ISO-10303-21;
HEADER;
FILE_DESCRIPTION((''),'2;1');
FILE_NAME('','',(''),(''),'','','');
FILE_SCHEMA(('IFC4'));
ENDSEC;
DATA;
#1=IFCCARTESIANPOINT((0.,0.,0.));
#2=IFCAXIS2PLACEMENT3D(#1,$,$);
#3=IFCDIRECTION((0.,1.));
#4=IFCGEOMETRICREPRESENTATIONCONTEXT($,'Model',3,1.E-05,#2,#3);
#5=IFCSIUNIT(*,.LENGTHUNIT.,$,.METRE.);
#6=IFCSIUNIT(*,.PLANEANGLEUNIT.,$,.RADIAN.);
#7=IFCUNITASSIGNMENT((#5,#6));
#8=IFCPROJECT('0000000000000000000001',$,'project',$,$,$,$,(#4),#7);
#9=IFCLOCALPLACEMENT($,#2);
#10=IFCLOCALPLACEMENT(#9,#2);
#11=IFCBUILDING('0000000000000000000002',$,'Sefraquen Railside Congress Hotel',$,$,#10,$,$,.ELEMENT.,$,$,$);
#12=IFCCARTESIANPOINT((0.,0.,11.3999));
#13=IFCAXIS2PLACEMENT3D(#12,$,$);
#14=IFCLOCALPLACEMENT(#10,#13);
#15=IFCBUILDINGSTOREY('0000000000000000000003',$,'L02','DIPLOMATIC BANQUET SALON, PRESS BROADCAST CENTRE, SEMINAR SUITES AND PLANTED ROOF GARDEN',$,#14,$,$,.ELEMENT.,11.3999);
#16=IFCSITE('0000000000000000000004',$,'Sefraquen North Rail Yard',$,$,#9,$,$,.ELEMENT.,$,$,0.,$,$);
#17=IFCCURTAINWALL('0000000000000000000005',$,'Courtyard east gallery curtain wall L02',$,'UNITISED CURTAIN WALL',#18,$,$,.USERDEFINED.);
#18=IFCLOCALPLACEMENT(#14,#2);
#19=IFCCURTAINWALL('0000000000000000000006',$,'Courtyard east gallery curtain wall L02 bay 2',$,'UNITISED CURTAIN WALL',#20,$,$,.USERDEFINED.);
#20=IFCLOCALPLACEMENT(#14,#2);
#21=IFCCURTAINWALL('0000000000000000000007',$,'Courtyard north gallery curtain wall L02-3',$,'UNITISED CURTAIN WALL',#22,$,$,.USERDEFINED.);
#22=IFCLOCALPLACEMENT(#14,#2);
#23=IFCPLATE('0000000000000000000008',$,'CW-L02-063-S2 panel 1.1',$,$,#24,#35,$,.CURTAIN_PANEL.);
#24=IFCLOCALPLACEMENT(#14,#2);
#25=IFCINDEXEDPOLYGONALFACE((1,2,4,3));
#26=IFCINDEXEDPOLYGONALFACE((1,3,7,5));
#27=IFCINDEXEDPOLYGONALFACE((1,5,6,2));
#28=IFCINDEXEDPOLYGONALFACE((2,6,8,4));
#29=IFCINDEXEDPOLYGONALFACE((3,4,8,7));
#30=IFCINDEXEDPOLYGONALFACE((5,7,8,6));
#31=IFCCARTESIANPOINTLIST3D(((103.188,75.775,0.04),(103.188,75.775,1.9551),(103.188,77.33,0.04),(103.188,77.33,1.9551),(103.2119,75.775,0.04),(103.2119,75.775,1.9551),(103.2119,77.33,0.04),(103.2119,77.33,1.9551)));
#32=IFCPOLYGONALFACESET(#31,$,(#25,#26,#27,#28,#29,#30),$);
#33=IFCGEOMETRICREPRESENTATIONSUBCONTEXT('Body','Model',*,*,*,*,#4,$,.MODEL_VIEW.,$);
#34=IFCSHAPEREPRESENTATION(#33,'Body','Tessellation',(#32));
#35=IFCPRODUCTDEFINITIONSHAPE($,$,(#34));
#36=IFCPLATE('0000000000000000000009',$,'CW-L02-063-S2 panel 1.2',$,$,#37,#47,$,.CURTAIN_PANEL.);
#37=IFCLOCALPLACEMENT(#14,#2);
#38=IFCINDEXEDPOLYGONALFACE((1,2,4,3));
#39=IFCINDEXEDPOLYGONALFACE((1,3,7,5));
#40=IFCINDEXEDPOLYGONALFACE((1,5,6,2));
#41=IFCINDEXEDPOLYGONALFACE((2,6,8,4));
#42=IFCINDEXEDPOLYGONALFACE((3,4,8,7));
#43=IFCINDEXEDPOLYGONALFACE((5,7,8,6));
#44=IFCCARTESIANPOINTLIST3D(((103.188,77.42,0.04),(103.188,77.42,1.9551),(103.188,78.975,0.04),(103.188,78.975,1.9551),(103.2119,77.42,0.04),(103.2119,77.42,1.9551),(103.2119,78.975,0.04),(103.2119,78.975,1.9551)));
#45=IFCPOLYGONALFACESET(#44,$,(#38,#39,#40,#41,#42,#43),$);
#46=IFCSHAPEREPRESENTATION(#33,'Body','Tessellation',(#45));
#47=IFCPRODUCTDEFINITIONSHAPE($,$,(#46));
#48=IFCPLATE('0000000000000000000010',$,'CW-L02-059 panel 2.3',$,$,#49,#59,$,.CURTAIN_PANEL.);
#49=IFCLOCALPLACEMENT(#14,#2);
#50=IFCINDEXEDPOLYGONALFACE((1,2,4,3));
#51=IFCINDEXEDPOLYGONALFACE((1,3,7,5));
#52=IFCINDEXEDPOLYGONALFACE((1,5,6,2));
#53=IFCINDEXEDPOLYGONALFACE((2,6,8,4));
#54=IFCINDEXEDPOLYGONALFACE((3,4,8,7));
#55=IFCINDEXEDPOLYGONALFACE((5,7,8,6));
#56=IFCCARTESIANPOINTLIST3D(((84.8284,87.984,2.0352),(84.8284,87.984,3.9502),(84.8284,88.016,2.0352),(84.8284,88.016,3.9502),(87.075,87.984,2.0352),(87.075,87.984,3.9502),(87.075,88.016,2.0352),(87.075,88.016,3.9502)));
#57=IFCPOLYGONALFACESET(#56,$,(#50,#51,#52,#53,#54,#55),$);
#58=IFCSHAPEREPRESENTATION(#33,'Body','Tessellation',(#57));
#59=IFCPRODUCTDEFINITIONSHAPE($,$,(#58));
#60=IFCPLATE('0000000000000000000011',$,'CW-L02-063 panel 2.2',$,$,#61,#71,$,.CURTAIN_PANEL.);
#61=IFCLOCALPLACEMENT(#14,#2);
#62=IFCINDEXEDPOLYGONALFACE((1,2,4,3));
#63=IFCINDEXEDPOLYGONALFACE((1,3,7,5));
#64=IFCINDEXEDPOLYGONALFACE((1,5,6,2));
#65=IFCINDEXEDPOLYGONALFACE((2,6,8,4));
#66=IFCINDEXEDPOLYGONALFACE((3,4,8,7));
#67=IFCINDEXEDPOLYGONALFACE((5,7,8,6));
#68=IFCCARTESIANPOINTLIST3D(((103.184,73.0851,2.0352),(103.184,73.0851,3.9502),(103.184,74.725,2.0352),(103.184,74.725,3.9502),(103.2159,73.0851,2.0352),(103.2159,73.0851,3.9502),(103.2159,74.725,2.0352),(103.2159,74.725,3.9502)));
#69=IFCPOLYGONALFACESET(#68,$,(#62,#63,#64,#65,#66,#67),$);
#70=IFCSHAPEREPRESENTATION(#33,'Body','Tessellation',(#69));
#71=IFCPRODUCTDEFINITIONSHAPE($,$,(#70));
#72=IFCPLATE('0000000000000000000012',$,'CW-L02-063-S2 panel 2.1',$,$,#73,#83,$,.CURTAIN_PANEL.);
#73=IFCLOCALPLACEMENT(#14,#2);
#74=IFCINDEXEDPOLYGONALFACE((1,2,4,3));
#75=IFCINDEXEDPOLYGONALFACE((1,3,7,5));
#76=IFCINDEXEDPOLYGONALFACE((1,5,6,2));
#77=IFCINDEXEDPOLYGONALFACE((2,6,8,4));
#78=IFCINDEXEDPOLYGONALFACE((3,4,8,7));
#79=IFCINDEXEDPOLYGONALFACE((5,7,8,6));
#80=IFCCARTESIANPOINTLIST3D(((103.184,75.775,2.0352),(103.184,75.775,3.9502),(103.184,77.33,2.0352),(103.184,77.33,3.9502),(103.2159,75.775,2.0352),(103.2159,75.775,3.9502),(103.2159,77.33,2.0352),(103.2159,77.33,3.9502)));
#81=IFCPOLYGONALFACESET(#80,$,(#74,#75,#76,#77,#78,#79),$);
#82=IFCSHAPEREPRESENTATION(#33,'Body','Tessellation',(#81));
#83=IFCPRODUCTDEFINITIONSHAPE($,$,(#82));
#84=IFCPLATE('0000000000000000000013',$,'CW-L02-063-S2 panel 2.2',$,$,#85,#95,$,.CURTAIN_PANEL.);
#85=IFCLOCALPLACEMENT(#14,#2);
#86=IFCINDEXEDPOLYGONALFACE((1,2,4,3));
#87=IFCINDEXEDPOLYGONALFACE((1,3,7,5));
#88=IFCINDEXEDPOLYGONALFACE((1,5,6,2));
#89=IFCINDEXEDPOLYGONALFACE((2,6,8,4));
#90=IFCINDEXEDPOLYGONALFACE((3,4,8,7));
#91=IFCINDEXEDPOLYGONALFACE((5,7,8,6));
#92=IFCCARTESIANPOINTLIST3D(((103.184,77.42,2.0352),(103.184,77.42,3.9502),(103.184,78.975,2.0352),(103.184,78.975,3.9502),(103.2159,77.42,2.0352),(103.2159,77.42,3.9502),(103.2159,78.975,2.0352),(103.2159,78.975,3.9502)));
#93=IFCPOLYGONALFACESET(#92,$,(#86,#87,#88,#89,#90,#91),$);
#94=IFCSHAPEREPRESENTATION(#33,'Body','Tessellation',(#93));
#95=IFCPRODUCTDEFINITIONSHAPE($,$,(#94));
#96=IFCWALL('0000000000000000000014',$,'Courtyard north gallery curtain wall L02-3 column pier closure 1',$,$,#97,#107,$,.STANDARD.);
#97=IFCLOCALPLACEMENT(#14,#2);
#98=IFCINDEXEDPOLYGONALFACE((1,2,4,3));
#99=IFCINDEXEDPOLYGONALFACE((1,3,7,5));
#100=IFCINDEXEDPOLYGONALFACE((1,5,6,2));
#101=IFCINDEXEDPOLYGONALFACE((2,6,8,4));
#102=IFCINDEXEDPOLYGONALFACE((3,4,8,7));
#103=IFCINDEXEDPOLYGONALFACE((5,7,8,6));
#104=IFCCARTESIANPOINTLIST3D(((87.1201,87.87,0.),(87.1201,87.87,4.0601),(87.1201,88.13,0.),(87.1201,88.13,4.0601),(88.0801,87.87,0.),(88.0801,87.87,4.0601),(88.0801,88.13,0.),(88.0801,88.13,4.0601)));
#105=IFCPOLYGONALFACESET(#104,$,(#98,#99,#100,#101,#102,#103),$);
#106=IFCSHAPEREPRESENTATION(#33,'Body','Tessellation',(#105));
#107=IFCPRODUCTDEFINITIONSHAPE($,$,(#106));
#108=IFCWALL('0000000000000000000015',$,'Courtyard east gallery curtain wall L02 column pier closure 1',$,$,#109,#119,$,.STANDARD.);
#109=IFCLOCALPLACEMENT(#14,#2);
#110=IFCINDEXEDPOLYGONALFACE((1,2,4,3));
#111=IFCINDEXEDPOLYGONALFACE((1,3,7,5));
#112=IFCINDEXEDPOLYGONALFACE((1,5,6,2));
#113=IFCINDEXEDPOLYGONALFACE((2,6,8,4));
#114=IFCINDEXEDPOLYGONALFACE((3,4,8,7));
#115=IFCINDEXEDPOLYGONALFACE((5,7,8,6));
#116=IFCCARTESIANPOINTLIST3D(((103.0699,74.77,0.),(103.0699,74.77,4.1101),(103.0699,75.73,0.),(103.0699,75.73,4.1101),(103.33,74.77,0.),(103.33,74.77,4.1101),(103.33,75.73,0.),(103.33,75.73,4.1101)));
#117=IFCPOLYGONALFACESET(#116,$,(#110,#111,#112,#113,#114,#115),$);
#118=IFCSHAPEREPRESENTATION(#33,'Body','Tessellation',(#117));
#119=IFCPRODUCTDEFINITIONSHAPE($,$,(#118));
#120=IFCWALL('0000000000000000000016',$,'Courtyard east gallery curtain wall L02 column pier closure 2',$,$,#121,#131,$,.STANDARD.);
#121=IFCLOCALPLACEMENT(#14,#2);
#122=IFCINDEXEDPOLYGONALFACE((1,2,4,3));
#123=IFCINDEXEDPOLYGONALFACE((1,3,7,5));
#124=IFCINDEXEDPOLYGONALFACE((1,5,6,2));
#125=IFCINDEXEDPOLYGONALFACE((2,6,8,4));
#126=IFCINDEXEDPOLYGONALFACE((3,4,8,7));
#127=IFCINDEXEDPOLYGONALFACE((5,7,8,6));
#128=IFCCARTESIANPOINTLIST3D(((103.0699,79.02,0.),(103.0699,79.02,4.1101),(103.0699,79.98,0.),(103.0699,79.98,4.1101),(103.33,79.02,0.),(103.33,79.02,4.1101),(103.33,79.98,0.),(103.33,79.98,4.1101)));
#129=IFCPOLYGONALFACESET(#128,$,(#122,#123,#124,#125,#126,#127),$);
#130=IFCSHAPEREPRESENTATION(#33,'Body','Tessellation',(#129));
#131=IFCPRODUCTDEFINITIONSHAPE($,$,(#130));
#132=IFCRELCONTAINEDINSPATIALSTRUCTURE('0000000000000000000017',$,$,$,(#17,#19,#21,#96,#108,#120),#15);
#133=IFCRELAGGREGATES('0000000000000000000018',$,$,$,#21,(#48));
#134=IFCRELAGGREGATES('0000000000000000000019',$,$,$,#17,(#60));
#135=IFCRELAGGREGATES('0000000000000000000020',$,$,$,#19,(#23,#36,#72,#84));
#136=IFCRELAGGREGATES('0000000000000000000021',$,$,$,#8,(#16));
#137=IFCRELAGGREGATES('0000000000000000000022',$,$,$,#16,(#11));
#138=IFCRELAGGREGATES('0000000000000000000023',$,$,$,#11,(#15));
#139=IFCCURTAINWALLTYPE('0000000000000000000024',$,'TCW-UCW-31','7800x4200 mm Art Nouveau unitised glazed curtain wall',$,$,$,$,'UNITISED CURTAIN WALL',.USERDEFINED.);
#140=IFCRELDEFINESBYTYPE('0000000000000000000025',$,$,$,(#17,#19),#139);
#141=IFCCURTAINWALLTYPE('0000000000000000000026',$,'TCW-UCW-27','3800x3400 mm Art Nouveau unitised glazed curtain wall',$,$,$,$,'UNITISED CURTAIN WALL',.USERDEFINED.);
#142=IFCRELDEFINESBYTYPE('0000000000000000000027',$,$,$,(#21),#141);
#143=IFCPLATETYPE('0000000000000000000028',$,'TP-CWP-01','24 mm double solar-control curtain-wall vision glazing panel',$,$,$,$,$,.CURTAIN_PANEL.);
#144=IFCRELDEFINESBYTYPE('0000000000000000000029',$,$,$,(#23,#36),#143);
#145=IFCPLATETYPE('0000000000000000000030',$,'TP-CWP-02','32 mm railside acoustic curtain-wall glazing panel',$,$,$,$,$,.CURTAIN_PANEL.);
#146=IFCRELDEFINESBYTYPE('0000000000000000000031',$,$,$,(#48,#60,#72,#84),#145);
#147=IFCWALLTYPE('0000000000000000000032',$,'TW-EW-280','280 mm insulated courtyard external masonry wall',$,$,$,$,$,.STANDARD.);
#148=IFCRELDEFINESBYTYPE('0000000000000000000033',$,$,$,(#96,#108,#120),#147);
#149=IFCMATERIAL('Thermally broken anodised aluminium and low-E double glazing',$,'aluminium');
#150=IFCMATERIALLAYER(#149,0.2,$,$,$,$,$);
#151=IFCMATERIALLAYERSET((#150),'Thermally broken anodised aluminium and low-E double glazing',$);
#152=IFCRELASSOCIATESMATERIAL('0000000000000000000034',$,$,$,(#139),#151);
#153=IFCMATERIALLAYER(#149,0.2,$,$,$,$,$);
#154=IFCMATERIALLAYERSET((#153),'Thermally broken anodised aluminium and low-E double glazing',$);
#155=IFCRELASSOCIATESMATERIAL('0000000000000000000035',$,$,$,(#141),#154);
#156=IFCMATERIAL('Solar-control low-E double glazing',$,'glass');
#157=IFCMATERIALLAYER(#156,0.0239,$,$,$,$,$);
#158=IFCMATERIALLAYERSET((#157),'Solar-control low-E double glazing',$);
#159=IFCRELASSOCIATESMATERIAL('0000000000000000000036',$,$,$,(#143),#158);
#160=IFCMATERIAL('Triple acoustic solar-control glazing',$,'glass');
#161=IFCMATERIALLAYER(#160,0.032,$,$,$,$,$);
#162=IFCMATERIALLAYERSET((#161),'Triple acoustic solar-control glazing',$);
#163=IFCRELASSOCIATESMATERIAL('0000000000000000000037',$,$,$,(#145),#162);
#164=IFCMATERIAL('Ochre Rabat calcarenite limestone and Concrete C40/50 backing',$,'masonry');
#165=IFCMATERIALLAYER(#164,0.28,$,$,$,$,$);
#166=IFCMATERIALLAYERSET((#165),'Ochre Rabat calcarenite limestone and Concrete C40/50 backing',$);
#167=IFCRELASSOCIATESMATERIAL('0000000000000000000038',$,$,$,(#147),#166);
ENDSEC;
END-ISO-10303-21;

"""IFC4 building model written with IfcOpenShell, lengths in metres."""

from ifc_helpers import new_model, si_unit, direction, frame, frame_2d, origin, origin_2d, place, context, subcontext, project, spatial, rectangle, extrude, material, layer, layer_set, type_object, element, aggregate, save


model = new_model("IFC4")

# Units and contexts
model_context = context("Model", 3, precision=1e-05, world=origin(), true_north=direction((0.0, 1.0)))
body_context = subcontext(model_context, "Body", "Model", "MODEL_VIEW")
ifc_project = project(units=[si_unit("LENGTHUNIT", "METRE"), si_unit("PLANEANGLEUNIT", "RADIAN")], contexts=[model_context])

# Site, building, storey
site_placement = place(None, origin())
site = spatial("IfcSite", under=ifc_project, at=site_placement, Name="Sefraquen North Rail Yard", CompositionType="ELEMENT", RefElevation=0.0)
building_placement = place(site_placement, origin())
building = spatial("IfcBuilding", under=site, at=building_placement, Name="Sefraquen Railside Congress Hotel", CompositionType="ELEMENT")
storey_placement = place(building_placement, frame((0.0, 0.0, 11.3999)))
storey = spatial("IfcBuildingStorey", under=building, at=storey_placement, Name="L02", Description="DIPLOMATIC BANQUET SALON, PRESS BROADCAST CENTRE, SEMINAR SUITES AND PLANTED ROOF GARDEN", CompositionType="ELEMENT", Elevation=11.3999)

# Curtain walls
ifc_material_1 = material(Name="Thermally broken anodised aluminium and low-E double glazing", Category="aluminium")
ifc_layer_1 = layer(ifc_material_1, 0.2)
ifc_layer_set_1 = layer_set([ifc_layer_1], Name="Thermally broken anodised aluminium and low-E double glazing")
curtain_wall_type_1 = type_object("IfcCurtainWallType", Name="TCW-UCW-31", Description="7800x4200 mm Art Nouveau unitised glazed curtain wall", ElementType="UNITISED CURTAIN WALL", PredefinedType="USERDEFINED", material=ifc_layer_set_1)
curtain_wall_1_placement = place(storey_placement, origin())
curtain_wall_1 = element("IfcCurtainWall", 1, at=curtain_wall_1_placement, inside=storey, type_object=curtain_wall_type_1, Name="Courtyard east gallery curtain wall L02", ObjectType="UNITISED CURTAIN WALL", PredefinedType="USERDEFINED")
curtain_wall_2_placement = place(storey_placement, origin())
curtain_wall_2 = element("IfcCurtainWall", 2, at=curtain_wall_2_placement, inside=storey, type_object=curtain_wall_type_1, Name="Courtyard east gallery curtain wall L02 bay 2", ObjectType="UNITISED CURTAIN WALL", PredefinedType="USERDEFINED")
ifc_layer_2 = layer(ifc_material_1, 0.2)
ifc_layer_set_2 = layer_set([ifc_layer_2], Name="Thermally broken anodised aluminium and low-E double glazing")
curtain_wall_type_2 = type_object("IfcCurtainWallType", Name="TCW-UCW-27", Description="3800x3400 mm Art Nouveau unitised glazed curtain wall", ElementType="UNITISED CURTAIN WALL", PredefinedType="USERDEFINED", material=ifc_layer_set_2)
curtain_wall_3_placement = place(storey_placement, origin())
curtain_wall_3 = element("IfcCurtainWall", 3, at=curtain_wall_3_placement, inside=storey, type_object=curtain_wall_type_2, Name="Courtyard north gallery curtain wall L02-3", ObjectType="UNITISED CURTAIN WALL", PredefinedType="USERDEFINED")

# Plates
ifc_material_2 = material(Name="Solar-control low-E double glazing", Category="glass")
ifc_layer_3 = layer(ifc_material_2, 0.0239)
ifc_layer_set_3 = layer_set([ifc_layer_3], Name="Solar-control low-E double glazing")
plate_type_1 = type_object("IfcPlateType", Name="TP-CWP-01", Description="24 mm double solar-control curtain-wall vision glazing panel", PredefinedType="CURTAIN_PANEL", material=ifc_layer_set_3)
plate_1_placement = place(storey_placement, frame((103.2, 76.5525, 0.04), z_axis=(0.0, 0.0, 1.0), x_axis=(0.0, 1.0, 0.0)))
plate_1 = element("IfcPlate", 4, at=plate_1_placement, type_object=plate_type_1, Name="CW-L02-063-S2 panel 1.1", PredefinedType="CURTAIN_PANEL", context=body_context, shape_type="SweptSolid", body=[
    extrude(rectangle(XDim=1.5549, YDim=0.0239, at=origin_2d()), origin(), (0.0, 0.0, 1.0), 1.915),
])
plate_2_placement = place(storey_placement, frame((103.2, 78.1975, 0.04), z_axis=(0.0, 0.0, 1.0), x_axis=(0.0, 1.0, 0.0)))
plate_2 = element("IfcPlate", 5, at=plate_2_placement, type_object=plate_type_1, Name="CW-L02-063-S2 panel 1.2", PredefinedType="CURTAIN_PANEL", context=body_context, shape_type="SweptSolid", body=[
    extrude(rectangle(XDim=1.5549, YDim=0.0239, at=origin_2d()), origin(), (0.0, 0.0, 1.0), 1.915),
])
ifc_material_3 = material(Name="Triple acoustic solar-control glazing", Category="glass")
ifc_layer_4 = layer(ifc_material_3, 0.032)
ifc_layer_set_4 = layer_set([ifc_layer_4], Name="Triple acoustic solar-control glazing")
plate_type_2 = type_object("IfcPlateType", Name="TP-CWP-02", Description="32 mm railside acoustic curtain-wall glazing panel", PredefinedType="CURTAIN_PANEL", material=ifc_layer_set_4)
plate_3_placement = place(storey_placement, frame((85.9517, 88.0, 2.0352), z_axis=(0.0, 0.0, 1.0), x_axis=(1.0, 0.0, 0.0)))
plate_3 = element("IfcPlate", 6, at=plate_3_placement, type_object=plate_type_2, Name="CW-L02-059 panel 2.3", PredefinedType="CURTAIN_PANEL", context=body_context, shape_type="SweptSolid", body=[
    extrude(rectangle(XDim=2.2466, YDim=0.032, at=origin_2d()), origin(), (0.0, 0.0, 1.0), 1.915),
])
aggregate(curtain_wall_3, [plate_3])
plate_4_placement = place(storey_placement, frame((103.2, 73.905, 2.0352), z_axis=(0.0, 0.0, 1.0), x_axis=(0.0, 1.0, 0.0)))
plate_4 = element("IfcPlate", 7, at=plate_4_placement, type_object=plate_type_2, Name="CW-L02-063 panel 2.2", PredefinedType="CURTAIN_PANEL", context=body_context, shape_type="SweptSolid", body=[
    extrude(rectangle(XDim=1.6399, YDim=0.032, at=origin_2d()), origin(), (0.0, 0.0, 1.0), 1.915),
])
aggregate(curtain_wall_1, [plate_4])
plate_5_placement = place(storey_placement, frame((103.2, 76.5525, 2.0352), z_axis=(0.0, 0.0, 1.0), x_axis=(0.0, 1.0, 0.0)))
plate_5 = element("IfcPlate", 8, at=plate_5_placement, type_object=plate_type_2, Name="CW-L02-063-S2 panel 2.1", PredefinedType="CURTAIN_PANEL", context=body_context, shape_type="SweptSolid", body=[
    extrude(rectangle(XDim=1.5549, YDim=0.032, at=origin_2d()), origin(), (0.0, 0.0, 1.0), 1.915),
])
plate_6_placement = place(storey_placement, frame((103.2, 78.1975, 2.0352), z_axis=(0.0, 0.0, 1.0), x_axis=(0.0, 1.0, 0.0)))
plate_6 = element("IfcPlate", 9, at=plate_6_placement, type_object=plate_type_2, Name="CW-L02-063-S2 panel 2.2", PredefinedType="CURTAIN_PANEL", context=body_context, shape_type="SweptSolid", body=[
    extrude(rectangle(XDim=1.5549, YDim=0.032, at=origin_2d()), origin(), (0.0, 0.0, 1.0), 1.915),
])
aggregate(curtain_wall_2, [plate_1, plate_2, plate_5, plate_6])

# Walls
ifc_material_4 = material(Name="Ochre Rabat calcarenite limestone and Concrete C40/50 backing", Category="masonry")
ifc_layer_5 = layer(ifc_material_4, 0.28)
ifc_layer_set_5 = layer_set([ifc_layer_5], Name="Ochre Rabat calcarenite limestone and Concrete C40/50 backing")
wall_type = type_object("IfcWallType", Name="TW-EW-280", Description="280 mm insulated courtyard external masonry wall", PredefinedType="STANDARD", material=ifc_layer_set_5)
wall_placement = place(storey_placement, frame((87.1201, 88.0, 0.0), z_axis=(0.0, 0.0, 1.0), x_axis=(1.0, 0.0, 0.0)))
element("IfcWall", 10, at=wall_placement, inside=storey, type_object=wall_type, Name="Courtyard north gallery curtain wall L02-3 column pier closure 1", PredefinedType="STANDARD", context=body_context, shape_type="SweptSolid", body=[
    extrude(rectangle(XDim=0.96, YDim=0.26, at=frame_2d((0.48, 0.0))), origin(), (0.0, 0.0, 1.0), 4.0601),
])
for number, where, z_axis, x_axis, name in (
    (11, (103.2, 74.77, 0.0), (0.0, 0.0, 1.0), (0.0, 1.0, 0.0), "Courtyard east gallery curtain wall L02 column pier closure 1"),
    (12, (103.2, 79.02, 0.0), (0.0, 0.0, 1.0), (0.0, 1.0, 0.0), "Courtyard east gallery curtain wall L02 column pier closure 2"),
):
    element("IfcWall", number, at=place(storey_placement, frame(where, z_axis=z_axis, x_axis=x_axis)), inside=storey, type_object=wall_type, Name=name, PredefinedType="STANDARD", context=body_context, shape_type="SweptSolid", body=[
        extrude(rectangle(XDim=0.96, YDim=0.26, at=frame_2d((0.48, 0.0))), origin(), (0.0, 0.0, 1.0), 4.1101),
    ])

save(model, "model.ifc")
